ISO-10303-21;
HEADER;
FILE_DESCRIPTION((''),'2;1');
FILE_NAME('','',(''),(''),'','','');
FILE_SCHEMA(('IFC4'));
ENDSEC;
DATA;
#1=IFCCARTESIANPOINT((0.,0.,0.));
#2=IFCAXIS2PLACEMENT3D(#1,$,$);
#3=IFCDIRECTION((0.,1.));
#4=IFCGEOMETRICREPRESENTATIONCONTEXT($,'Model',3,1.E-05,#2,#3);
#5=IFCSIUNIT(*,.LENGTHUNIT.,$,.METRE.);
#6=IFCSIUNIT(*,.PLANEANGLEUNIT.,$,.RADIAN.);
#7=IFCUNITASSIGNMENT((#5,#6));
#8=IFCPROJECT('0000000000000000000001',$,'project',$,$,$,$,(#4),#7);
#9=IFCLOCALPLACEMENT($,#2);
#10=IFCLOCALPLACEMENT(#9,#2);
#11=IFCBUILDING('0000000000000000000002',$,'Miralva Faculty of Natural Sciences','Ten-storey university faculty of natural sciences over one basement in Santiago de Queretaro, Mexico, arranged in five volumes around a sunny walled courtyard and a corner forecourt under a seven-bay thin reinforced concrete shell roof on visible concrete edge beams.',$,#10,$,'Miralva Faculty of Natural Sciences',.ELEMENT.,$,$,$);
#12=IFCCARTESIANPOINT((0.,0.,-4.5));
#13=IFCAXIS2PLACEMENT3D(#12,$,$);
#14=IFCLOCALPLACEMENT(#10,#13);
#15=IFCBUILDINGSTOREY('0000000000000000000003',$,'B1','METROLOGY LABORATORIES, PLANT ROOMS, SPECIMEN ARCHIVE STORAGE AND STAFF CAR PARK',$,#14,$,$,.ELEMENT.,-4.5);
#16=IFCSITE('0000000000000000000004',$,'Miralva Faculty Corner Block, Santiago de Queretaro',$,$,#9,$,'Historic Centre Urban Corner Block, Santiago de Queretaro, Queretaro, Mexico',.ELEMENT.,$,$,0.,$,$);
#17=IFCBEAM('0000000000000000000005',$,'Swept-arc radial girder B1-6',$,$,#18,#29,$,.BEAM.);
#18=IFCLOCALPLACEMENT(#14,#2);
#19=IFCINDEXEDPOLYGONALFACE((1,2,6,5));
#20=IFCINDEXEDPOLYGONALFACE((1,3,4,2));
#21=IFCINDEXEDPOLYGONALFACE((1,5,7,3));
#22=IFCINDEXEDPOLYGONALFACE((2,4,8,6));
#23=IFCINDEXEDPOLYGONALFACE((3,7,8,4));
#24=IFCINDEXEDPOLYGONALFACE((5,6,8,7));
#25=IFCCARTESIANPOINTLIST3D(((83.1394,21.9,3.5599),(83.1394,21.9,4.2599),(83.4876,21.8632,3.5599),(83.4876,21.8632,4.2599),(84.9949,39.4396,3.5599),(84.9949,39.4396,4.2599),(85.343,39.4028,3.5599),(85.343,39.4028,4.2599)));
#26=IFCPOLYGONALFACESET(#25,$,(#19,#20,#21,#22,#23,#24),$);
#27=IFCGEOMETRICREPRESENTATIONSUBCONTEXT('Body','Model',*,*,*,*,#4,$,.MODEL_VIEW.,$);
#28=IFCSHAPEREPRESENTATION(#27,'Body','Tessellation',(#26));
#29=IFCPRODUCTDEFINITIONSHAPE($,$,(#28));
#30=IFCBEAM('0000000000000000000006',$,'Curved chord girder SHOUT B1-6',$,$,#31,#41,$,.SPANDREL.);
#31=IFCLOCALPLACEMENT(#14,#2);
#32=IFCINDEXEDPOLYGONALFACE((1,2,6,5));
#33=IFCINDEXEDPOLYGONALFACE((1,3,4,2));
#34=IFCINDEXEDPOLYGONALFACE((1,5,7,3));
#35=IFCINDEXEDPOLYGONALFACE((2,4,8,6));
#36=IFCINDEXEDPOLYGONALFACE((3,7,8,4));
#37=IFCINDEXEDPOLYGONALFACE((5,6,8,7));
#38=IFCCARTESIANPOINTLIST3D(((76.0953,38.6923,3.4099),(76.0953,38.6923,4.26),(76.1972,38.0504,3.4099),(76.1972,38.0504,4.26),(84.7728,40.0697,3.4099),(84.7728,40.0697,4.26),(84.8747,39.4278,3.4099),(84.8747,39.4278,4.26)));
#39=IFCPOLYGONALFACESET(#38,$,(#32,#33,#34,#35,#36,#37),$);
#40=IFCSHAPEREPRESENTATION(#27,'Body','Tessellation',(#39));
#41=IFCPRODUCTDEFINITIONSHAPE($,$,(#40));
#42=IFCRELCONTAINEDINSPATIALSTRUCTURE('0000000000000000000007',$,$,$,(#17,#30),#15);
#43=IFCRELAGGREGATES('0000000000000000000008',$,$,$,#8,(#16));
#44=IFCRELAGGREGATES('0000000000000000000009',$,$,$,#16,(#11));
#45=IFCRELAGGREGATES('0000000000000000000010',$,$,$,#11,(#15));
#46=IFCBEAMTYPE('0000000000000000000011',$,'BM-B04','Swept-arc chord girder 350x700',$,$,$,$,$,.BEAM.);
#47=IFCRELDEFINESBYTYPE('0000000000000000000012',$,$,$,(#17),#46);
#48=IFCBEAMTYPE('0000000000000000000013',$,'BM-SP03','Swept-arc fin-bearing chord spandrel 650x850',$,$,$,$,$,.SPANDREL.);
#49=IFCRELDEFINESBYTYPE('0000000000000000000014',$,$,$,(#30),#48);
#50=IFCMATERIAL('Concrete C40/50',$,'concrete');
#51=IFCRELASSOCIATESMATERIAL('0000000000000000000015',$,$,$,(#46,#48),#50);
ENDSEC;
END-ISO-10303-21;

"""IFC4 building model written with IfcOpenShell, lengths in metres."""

from ifc_helpers import new_model, si_unit, direction, frame, origin, origin_2d, place, context, subcontext, project, spatial, rectangle, extrude, material, material_profile, profile_set, type_object, element, save


model = new_model("IFC4")

# Units and contexts
model_context = context("Model", 3, precision=1e-05, world=origin(), true_north=direction((0.0, 1.0)))
body_context = subcontext(model_context, "Body", "Model", "MODEL_VIEW")
ifc_project = project(units=[si_unit("LENGTHUNIT", "METRE"), si_unit("PLANEANGLEUNIT", "RADIAN")], contexts=[model_context])

# Site, building, storey
site_placement = place(None, origin())
site = spatial("IfcSite", under=ifc_project, at=site_placement, Name="Miralva Faculty Corner Block, Santiago de Queretaro", LongName="Historic Centre Urban Corner Block, Santiago de Queretaro, Queretaro, Mexico", CompositionType="ELEMENT", RefElevation=0.0)
building_placement = place(site_placement, origin())
building = spatial("IfcBuilding", under=site, at=building_placement, Name="Miralva Faculty of Natural Sciences", Description="Ten-storey university faculty of natural sciences over one basement in Santiago de Queretaro, Mexico, arranged in five volumes around a sunny walled courtyard and a corner forecourt under a seven-bay thin reinforced concrete shell roof on visible concrete edge beams.", LongName="Miralva Faculty of Natural Sciences", CompositionType="ELEMENT")
storey_placement = place(building_placement, frame((0.0, 0.0, -4.5)))
storey = spatial("IfcBuildingStorey", under=building, at=storey_placement, Name="B1", Description="METROLOGY LABORATORIES, PLANT ROOMS, SPECIMEN ARCHIVE STORAGE AND STAFF CAR PARK", CompositionType="ELEMENT", Elevation=-4.5)

# Shared definitions
ifc_material_1 = material(Name="Concrete C40/50", Category="concrete")

# Beams
ifc_material_profile_1 = material_profile(ifc_material_1, rectangle(XDim=0.3501, YDim=0.7, at=origin_2d()), Name="RC 350x700")
ifc_profile_set_1 = profile_set([ifc_material_profile_1], Name="Concrete C40/50")
beam_type_1 = type_object("IfcBeamType", Name="BM-B04", Description="Swept-arc chord girder 350x700", PredefinedType="BEAM", material=ifc_profile_set_1)
beam_1_placement = place(storey_placement, frame((83.3135, 21.8816, 3.9099), z_axis=(0.105201, 0.994451, 0.0), x_axis=(-0.994451, 0.105201, 0.0)))
element("IfcBeam", 1, at=beam_1_placement, inside=storey, type_object=beam_type_1, Name="Swept-arc radial girder B1-6", PredefinedType="BEAM", context=body_context, shape_type="SweptSolid", body=[
    extrude(rectangle(XDim=0.3501, YDim=0.7, at=origin_2d()), origin(), (0.0, 0.0, 1.0), 17.6375),
])
ifc_material_profile_2 = material_profile(ifc_material_1, rectangle(XDim=0.6499, YDim=0.8501, at=origin_2d()), Name="RC 650x850")
ifc_profile_set_2 = profile_set([ifc_material_profile_2], Name="Concrete C40/50")
beam_type_2 = type_object("IfcBeamType", Name="BM-SP03", Description="Swept-arc fin-bearing chord spandrel 650x850", PredefinedType="SPANDREL", material=ifc_profile_set_2)
beam_2_placement = place(storey_placement, frame((84.8237, 39.7488, 3.835), z_axis=(-0.987634, -0.156774, 0.0), x_axis=(0.156774, -0.987634, 0.0)))
element("IfcBeam", 2, at=beam_2_placement, inside=storey, type_object=beam_type_2, Name="Curved chord girder SHOUT B1-6", PredefinedType="SPANDREL", context=body_context, shape_type="SweptSolid", body=[
    extrude(rectangle(XDim=0.6499, YDim=0.8501, at=origin_2d()), origin(), (0.0, 0.0, 1.0), 8.7861),
])

save(model, "model.ifc")
